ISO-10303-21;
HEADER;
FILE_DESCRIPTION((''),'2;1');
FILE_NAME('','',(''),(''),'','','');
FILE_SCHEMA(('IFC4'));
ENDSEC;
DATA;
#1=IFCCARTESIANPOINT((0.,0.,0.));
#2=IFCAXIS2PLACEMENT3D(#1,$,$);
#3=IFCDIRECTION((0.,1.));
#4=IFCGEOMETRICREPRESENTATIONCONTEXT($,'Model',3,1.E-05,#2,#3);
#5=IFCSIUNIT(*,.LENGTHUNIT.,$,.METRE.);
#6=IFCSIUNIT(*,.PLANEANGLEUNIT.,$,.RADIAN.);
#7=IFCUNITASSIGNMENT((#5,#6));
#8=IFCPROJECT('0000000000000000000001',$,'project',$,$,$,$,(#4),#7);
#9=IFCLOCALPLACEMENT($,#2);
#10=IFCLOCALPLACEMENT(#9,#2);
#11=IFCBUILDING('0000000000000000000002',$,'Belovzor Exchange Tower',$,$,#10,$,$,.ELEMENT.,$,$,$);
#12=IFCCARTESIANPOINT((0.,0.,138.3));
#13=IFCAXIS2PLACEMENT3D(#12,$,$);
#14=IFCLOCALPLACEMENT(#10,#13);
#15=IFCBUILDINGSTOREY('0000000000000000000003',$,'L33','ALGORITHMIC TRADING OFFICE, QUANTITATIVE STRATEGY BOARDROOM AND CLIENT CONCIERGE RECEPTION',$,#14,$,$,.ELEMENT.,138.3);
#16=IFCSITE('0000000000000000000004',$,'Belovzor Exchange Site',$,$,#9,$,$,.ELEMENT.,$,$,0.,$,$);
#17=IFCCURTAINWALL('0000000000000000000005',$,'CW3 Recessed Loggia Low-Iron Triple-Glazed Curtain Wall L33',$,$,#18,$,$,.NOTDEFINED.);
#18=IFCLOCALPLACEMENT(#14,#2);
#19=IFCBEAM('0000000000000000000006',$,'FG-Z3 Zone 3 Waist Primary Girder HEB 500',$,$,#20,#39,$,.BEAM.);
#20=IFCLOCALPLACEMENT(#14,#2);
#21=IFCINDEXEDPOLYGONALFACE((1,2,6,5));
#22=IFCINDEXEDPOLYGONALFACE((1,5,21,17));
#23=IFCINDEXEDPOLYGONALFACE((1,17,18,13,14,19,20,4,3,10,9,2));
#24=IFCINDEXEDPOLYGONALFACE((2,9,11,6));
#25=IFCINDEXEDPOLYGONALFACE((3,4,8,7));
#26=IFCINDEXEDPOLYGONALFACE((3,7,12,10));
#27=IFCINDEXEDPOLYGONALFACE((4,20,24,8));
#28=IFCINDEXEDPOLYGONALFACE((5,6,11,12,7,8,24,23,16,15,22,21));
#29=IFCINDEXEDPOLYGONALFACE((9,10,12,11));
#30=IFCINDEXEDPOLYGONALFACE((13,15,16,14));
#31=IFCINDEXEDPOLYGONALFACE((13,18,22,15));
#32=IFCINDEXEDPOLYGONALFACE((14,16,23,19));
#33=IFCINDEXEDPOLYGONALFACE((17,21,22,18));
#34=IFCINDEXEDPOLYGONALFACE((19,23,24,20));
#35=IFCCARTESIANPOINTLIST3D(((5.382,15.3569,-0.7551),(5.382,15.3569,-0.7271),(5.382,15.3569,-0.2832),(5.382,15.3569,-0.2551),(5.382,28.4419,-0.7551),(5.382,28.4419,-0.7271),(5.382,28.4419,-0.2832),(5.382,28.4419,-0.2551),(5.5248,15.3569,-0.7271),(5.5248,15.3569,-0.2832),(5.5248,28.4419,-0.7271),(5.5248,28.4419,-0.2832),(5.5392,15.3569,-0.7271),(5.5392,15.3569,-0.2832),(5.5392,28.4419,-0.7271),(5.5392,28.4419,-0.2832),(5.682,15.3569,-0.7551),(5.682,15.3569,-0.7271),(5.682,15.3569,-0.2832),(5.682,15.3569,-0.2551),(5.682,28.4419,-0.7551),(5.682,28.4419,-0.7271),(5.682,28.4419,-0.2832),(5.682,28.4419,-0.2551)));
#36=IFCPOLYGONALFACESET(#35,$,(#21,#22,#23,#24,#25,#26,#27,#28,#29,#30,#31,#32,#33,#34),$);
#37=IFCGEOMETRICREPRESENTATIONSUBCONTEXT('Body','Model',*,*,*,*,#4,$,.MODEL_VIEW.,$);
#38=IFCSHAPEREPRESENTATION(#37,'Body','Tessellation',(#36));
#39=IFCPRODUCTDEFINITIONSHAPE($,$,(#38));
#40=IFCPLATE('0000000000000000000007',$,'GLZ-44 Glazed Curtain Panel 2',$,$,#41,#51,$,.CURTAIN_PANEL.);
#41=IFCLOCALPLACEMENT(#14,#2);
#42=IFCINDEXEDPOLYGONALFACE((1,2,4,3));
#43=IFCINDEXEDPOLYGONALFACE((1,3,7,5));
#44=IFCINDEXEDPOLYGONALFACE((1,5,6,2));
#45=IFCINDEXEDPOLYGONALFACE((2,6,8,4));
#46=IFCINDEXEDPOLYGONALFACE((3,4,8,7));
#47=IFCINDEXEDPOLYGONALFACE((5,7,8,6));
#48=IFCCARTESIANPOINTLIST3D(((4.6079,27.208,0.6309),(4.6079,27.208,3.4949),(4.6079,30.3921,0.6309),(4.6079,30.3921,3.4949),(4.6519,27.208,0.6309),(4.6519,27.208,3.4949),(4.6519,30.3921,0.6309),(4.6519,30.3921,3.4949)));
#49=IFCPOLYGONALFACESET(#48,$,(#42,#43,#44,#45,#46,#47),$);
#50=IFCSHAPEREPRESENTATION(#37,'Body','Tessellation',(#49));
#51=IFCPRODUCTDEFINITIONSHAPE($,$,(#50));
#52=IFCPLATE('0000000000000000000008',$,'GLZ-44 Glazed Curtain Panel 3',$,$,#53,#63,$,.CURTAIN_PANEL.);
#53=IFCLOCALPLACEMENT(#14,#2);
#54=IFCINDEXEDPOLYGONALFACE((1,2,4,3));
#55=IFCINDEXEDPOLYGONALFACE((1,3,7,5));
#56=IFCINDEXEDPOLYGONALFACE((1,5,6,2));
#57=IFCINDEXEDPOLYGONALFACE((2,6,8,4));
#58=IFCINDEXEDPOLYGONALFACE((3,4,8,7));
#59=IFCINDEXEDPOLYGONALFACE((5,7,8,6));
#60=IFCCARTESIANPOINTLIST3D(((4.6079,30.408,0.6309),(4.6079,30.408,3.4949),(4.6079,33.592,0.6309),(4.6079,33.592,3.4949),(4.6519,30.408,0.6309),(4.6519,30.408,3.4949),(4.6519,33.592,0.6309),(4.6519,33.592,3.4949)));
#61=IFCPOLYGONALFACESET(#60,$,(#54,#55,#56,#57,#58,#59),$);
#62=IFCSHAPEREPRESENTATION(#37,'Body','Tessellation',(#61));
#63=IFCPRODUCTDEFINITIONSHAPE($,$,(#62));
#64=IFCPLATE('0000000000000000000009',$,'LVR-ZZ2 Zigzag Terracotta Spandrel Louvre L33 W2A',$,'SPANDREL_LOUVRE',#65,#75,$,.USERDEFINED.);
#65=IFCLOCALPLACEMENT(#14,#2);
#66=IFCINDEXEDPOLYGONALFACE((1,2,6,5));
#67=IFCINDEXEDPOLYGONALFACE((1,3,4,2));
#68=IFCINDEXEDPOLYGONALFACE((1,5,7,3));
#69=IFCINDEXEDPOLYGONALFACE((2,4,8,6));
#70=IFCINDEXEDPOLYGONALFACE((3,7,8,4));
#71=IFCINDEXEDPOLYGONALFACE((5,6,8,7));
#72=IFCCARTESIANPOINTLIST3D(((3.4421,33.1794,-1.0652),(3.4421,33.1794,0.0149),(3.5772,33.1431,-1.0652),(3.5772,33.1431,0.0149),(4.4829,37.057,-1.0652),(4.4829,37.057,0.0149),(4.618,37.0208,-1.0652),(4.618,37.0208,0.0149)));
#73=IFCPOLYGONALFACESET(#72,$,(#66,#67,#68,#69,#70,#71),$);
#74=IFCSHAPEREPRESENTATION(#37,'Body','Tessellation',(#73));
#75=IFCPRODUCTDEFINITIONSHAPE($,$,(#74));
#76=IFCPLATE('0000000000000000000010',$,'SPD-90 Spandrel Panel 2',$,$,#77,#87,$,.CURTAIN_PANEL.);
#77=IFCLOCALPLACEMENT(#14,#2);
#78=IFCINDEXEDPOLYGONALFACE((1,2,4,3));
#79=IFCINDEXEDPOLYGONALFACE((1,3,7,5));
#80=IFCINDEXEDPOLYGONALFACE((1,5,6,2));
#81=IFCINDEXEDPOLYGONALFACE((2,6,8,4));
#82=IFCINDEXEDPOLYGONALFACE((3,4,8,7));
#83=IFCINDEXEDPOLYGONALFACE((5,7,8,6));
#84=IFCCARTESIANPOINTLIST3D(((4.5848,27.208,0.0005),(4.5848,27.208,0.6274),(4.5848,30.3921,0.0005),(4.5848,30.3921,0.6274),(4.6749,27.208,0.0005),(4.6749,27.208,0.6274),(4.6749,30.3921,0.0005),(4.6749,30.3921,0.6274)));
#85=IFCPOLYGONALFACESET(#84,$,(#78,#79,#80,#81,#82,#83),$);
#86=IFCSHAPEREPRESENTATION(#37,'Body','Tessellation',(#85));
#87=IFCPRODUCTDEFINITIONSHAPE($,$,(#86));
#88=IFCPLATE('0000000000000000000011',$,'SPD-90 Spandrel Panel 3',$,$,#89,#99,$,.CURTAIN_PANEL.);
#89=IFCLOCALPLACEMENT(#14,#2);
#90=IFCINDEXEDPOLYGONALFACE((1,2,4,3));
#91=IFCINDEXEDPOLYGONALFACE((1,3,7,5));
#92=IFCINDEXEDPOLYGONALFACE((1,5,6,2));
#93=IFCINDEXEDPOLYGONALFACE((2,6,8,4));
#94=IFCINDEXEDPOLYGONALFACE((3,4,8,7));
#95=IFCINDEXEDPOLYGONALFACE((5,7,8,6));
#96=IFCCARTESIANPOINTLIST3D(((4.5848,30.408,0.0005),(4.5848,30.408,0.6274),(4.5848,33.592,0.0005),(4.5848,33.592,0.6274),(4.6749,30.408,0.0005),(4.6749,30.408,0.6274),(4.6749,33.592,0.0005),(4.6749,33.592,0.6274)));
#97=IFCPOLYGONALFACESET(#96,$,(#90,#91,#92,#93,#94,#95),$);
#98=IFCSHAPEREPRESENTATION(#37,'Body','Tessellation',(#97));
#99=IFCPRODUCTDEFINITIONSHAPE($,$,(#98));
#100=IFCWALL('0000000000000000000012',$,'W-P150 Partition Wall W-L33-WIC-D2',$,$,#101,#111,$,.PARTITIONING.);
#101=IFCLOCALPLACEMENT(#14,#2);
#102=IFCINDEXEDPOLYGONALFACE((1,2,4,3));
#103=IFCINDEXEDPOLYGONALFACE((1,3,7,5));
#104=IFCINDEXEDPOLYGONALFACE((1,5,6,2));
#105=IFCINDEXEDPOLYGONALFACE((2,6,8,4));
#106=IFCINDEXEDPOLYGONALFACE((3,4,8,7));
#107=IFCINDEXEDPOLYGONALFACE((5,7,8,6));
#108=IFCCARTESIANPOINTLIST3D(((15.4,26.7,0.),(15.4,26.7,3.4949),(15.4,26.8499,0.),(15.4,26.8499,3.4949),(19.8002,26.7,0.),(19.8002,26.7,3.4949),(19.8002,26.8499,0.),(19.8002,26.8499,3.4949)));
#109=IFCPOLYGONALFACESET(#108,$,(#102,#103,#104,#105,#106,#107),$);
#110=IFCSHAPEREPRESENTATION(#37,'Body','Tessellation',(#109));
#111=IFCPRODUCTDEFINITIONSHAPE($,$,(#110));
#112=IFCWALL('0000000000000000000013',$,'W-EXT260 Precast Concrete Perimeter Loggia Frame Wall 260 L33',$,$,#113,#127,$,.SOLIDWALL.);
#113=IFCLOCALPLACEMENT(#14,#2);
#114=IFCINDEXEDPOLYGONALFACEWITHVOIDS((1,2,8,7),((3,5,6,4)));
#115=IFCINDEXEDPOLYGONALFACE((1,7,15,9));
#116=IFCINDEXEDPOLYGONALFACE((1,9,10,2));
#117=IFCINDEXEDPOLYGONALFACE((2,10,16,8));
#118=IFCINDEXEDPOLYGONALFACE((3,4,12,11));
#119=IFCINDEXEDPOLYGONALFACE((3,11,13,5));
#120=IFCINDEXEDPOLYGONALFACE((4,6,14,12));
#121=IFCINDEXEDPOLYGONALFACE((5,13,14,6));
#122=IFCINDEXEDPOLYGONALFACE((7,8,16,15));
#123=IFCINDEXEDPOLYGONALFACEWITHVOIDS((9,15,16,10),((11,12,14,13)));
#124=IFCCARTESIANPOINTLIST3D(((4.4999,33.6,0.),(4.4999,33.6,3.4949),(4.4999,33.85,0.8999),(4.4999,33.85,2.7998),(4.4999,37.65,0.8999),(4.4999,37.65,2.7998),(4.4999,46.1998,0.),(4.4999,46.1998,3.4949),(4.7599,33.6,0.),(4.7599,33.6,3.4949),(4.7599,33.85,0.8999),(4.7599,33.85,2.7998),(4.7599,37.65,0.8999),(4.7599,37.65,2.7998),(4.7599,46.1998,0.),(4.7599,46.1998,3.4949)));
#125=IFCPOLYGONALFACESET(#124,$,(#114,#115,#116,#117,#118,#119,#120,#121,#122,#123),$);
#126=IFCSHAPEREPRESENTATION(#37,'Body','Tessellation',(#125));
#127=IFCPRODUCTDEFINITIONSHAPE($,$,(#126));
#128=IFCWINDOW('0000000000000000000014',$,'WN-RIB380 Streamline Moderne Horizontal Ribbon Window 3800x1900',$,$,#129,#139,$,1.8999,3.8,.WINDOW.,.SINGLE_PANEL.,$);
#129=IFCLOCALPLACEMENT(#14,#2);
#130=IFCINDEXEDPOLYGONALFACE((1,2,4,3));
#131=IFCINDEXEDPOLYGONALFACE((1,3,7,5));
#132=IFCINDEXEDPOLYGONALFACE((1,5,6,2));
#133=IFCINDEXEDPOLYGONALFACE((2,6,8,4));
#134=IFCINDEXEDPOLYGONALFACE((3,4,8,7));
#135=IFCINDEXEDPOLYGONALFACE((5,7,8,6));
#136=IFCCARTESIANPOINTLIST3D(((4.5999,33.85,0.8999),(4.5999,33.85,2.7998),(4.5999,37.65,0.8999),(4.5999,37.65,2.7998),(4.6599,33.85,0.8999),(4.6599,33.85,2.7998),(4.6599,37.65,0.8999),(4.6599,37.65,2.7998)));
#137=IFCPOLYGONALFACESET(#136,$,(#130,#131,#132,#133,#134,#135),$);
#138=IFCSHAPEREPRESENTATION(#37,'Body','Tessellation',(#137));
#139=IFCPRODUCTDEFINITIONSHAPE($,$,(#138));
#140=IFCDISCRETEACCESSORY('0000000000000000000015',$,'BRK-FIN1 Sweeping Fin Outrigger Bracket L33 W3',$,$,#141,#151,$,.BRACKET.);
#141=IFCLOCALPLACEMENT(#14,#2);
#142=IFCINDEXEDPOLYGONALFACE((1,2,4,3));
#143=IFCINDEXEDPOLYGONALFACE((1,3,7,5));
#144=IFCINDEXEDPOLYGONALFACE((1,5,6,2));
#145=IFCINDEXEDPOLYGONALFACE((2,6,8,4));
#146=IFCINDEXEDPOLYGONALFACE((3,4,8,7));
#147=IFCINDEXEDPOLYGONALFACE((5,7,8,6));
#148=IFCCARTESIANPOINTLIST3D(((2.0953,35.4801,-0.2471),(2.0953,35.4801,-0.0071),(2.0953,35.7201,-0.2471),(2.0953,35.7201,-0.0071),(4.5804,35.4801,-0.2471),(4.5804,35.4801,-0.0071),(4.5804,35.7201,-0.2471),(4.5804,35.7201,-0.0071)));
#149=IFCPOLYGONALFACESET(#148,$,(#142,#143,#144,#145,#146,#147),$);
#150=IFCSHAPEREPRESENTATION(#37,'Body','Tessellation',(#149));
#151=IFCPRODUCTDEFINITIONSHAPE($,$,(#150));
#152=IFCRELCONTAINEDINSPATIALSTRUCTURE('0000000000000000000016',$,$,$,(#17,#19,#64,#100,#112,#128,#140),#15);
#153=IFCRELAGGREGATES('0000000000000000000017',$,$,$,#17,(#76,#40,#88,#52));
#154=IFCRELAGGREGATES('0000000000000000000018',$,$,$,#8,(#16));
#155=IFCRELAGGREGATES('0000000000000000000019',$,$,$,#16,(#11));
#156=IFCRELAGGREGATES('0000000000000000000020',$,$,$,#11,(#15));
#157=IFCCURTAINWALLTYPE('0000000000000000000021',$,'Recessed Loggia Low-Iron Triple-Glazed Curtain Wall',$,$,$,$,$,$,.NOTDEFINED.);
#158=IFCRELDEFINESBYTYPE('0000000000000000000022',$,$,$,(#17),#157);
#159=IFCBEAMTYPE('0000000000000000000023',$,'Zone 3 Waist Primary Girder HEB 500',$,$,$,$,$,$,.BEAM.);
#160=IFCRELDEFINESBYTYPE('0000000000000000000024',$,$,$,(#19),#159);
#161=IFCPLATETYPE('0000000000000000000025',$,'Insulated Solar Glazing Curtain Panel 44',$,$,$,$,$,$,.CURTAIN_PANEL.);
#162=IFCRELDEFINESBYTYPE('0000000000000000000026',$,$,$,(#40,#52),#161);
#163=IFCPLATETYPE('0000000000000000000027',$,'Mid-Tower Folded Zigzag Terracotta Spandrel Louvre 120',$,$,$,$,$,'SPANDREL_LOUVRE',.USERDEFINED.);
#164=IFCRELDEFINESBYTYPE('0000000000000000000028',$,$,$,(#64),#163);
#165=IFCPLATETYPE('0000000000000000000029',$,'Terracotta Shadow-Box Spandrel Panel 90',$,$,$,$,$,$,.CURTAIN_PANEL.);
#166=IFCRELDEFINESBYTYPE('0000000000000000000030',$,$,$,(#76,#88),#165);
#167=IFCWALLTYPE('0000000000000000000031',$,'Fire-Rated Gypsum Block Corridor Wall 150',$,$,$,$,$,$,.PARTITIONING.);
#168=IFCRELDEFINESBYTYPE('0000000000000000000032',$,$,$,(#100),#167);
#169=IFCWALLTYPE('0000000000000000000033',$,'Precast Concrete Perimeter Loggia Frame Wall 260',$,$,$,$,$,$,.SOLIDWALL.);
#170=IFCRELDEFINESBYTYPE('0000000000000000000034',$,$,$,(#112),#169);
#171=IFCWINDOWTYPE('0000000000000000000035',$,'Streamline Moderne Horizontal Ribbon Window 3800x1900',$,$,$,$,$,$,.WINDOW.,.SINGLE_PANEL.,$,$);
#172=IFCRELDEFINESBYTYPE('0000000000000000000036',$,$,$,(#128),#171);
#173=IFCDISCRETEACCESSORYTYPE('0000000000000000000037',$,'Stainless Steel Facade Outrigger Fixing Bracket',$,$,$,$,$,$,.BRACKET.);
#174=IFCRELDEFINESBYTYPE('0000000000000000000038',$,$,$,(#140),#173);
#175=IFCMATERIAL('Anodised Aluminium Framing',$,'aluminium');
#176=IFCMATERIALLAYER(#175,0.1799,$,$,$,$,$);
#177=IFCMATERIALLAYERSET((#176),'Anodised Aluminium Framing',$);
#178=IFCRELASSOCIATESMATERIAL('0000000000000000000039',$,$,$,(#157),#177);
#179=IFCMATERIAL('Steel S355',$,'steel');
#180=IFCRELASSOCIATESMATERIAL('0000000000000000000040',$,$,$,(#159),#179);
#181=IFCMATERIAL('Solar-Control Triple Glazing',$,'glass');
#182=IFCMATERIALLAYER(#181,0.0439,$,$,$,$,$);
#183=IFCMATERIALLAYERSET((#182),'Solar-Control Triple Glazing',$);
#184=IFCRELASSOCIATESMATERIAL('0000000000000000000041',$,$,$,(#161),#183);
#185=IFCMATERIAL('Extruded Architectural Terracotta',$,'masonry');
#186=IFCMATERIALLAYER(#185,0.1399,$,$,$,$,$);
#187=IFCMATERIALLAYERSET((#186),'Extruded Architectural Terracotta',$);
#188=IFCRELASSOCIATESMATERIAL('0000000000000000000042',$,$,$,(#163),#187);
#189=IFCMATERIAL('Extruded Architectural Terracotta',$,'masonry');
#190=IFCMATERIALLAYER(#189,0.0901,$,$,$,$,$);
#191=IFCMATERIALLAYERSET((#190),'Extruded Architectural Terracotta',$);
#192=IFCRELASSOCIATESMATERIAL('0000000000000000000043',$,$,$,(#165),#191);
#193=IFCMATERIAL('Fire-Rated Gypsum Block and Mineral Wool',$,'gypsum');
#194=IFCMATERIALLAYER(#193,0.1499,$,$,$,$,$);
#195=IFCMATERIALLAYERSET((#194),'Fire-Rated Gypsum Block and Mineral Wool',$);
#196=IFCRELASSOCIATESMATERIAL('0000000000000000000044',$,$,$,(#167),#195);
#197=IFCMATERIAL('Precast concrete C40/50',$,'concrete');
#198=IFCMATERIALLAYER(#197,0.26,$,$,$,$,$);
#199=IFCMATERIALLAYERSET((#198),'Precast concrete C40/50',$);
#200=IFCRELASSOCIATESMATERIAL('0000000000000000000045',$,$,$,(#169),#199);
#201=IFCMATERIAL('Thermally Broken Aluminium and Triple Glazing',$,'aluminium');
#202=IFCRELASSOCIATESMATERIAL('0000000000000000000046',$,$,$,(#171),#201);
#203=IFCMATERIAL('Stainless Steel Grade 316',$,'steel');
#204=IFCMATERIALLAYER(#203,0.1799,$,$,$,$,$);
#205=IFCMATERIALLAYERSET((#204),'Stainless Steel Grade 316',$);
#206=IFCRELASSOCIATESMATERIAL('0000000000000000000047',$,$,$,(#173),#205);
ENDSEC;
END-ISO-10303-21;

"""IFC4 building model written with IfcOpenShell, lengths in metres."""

from ifc_helpers import new_model, si_unit, direction, frame, frame_2d, origin, origin_2d, place, context, subcontext, project, spatial, rectangle, i_section, extrude, material, layer, layer_set, material_profile, profile_set, type_object, element, fill, aggregate, save


model = new_model("IFC4")

# Units and contexts
model_context = context("Model", 3, precision=1e-05, world=origin(), true_north=direction((0.0, 1.0)))
body_context = subcontext(model_context, "Body", "Model", "MODEL_VIEW")
ifc_project = project(units=[si_unit("LENGTHUNIT", "METRE"), si_unit("PLANEANGLEUNIT", "RADIAN")], contexts=[model_context])

# Site, building, storey
site_placement = place(None, origin())
site = spatial("IfcSite", under=ifc_project, at=site_placement, Name="Belovzor Exchange Site", CompositionType="ELEMENT", RefElevation=0.0)
building_placement = place(site_placement, origin())
building = spatial("IfcBuilding", under=site, at=building_placement, Name="Belovzor Exchange Tower", CompositionType="ELEMENT")
storey_placement = place(building_placement, frame((0.0, 0.0, 138.3)))
storey = spatial("IfcBuildingStorey", under=building, at=storey_placement, Name="L33", Description="ALGORITHMIC TRADING OFFICE, QUANTITATIVE STRATEGY BOARDROOM AND CLIENT CONCIERGE RECEPTION", CompositionType="ELEMENT", Elevation=138.3)

# Curtain wall
ifc_material_1 = material(Name="Anodised Aluminium Framing", Category="aluminium")
ifc_layer_1 = layer(ifc_material_1, 0.1799)
ifc_layer_set_1 = layer_set([ifc_layer_1], Name="Anodised Aluminium Framing")
curtain_wall_type = type_object("IfcCurtainWallType", Name="Recessed Loggia Low-Iron Triple-Glazed Curtain Wall", PredefinedType="NOTDEFINED", material=ifc_layer_set_1)
curtain_wall_placement = place(storey_placement, origin())
curtain_wall = element("IfcCurtainWall", 1, at=curtain_wall_placement, inside=storey, type_object=curtain_wall_type, Name="CW3 Recessed Loggia Low-Iron Triple-Glazed Curtain Wall L33", PredefinedType="NOTDEFINED")

# Beam
ifc_material_2 = material(Name="Steel S355", Category="steel")
ifc_material_profile_1 = material_profile(ifc_material_2, i_section(OverallWidth=0.3, OverallDepth=0.5, WebThickness=0.0144, FlangeThickness=0.0281, at=origin_2d()))
ifc_profile_set_1 = profile_set([ifc_material_profile_1], Name="Steel S355")
beam_type_1 = type_object("IfcBeamType", Name="Zone 3 Waist Primary Girder HEB 500", PredefinedType="BEAM", material=ifc_profile_set_1)
beam_1_placement = place(storey_placement, frame((5.532, 28.4419, -0.5051), z_axis=(0.0, -1.0, 0.0), x_axis=(1.0, 0.0, 0.0)))
element("IfcBeam", 2, at=beam_1_placement, inside=storey, type_object=beam_type_1, Name="FG-Z3 Zone 3 Waist Primary Girder HEB 500", PredefinedType="BEAM", context=body_context, shape_type="SweptSolid", body=[
    extrude(i_section(OverallWidth=0.3, OverallDepth=0.5, WebThickness=0.0144, FlangeThickness=0.0281, at=origin_2d()), origin(), (0.0, 0.0, 1.0), 13.085),
])

# Plates
ifc_material_3 = material(Name="Solar-Control Triple Glazing", Category="glass")
ifc_layer_2 = layer(ifc_material_3, 0.0439)
ifc_layer_set_2 = layer_set([ifc_layer_2], Name="Solar-Control Triple Glazing")
plate_type_1 = type_object("IfcPlateType", Name="Insulated Solar Glazing Curtain Panel 44", PredefinedType="CURTAIN_PANEL", material=ifc_layer_set_2)
plate_1_placement = place(storey_placement, frame((4.6299, 28.8, 0.6309), z_axis=(0.0, 0.0, 1.0), x_axis=(0.0, 1.0, 0.0)))
plate_1 = element("IfcPlate", 3, at=plate_1_placement, type_object=plate_type_1, Name="GLZ-44 Glazed Curtain Panel 2", PredefinedType="CURTAIN_PANEL", context=body_context, shape_type="SweptSolid", body=[
    extrude(rectangle(XDim=3.1841, YDim=0.0439, at=origin_2d()), origin(), (0.0, 0.0, 1.0), 2.864),
])
plate_2_placement = place(storey_placement, frame((4.6299, 32.0, 0.6309), z_axis=(0.0, 0.0, 1.0), x_axis=(0.0, 1.0, 0.0)))
plate_2 = element("IfcPlate", 4, at=plate_2_placement, type_object=plate_type_1, Name="GLZ-44 Glazed Curtain Panel 3", PredefinedType="CURTAIN_PANEL", context=body_context, shape_type="SweptSolid", body=[
    extrude(rectangle(XDim=3.1841, YDim=0.0439, at=origin_2d()), origin(), (0.0, 0.0, 1.0), 2.864),
])
ifc_material_4 = material(Name="Extruded Architectural Terracotta", Category="masonry")
ifc_layer_3 = layer(ifc_material_4, 0.1399)
ifc_layer_set_3 = layer_set([ifc_layer_3], Name="Extruded Architectural Terracotta")
plate_type_2 = type_object("IfcPlateType", Name="Mid-Tower Folded Zigzag Terracotta Spandrel Louvre 120", ElementType="SPANDREL_LOUVRE", PredefinedType="USERDEFINED", material=ifc_layer_set_3)
plate_3_placement = place(storey_placement, frame((4.03, 35.1001, -1.0652), z_axis=(0.0, 0.0, 1.0), x_axis=(0.25924, 0.965813, 0.0)))
element("IfcPlate", 5, at=plate_3_placement, inside=storey, type_object=plate_type_2, Name="LVR-ZZ2 Zigzag Terracotta Spandrel Louvre L33 W2A", ObjectType="SPANDREL_LOUVRE", PredefinedType="USERDEFINED", context=body_context, shape_type="SweptSolid", body=[
    extrude(rectangle(XDim=4.0149, YDim=0.1399, at=origin_2d()), origin(), (0.0, 0.0, 1.0), 1.0801),
])
ifc_material_5 = material(Name="Extruded Architectural Terracotta", Category="masonry")
ifc_layer_4 = layer(ifc_material_5, 0.0901)
ifc_layer_set_4 = layer_set([ifc_layer_4], Name="Extruded Architectural Terracotta")
plate_type_3 = type_object("IfcPlateType", Name="Terracotta Shadow-Box Spandrel Panel 90", PredefinedType="CURTAIN_PANEL", material=ifc_layer_set_4)
plate_4_placement = place(storey_placement, frame((4.6299, 28.8, 0.0005), z_axis=(0.0, 0.0, 1.0), x_axis=(0.0, 1.0, 0.0)))
plate_4 = element("IfcPlate", 6, at=plate_4_placement, type_object=plate_type_3, Name="SPD-90 Spandrel Panel 2", PredefinedType="CURTAIN_PANEL", context=body_context, shape_type="SweptSolid", body=[
    extrude(rectangle(XDim=3.1841, YDim=0.0901, at=origin_2d()), origin(), (0.0, 0.0, 1.0), 0.627),
])
plate_5_placement = place(storey_placement, frame((4.6299, 32.0, 0.0005), z_axis=(0.0, 0.0, 1.0), x_axis=(0.0, 1.0, 0.0)))
plate_5 = element("IfcPlate", 7, at=plate_5_placement, type_object=plate_type_3, Name="SPD-90 Spandrel Panel 3", PredefinedType="CURTAIN_PANEL", context=body_context, shape_type="SweptSolid", body=[
    extrude(rectangle(XDim=3.1841, YDim=0.0901, at=origin_2d()), origin(), (0.0, 0.0, 1.0), 0.627),
])
aggregate(curtain_wall, [plate_4, plate_1, plate_5, plate_2])

# Wall
ifc_material_6 = material(Name="Fire-Rated Gypsum Block and Mineral Wool", Category="gypsum")
ifc_layer_5 = layer(ifc_material_6, 0.1499)
ifc_layer_set_5 = layer_set([ifc_layer_5], Name="Fire-Rated Gypsum Block and Mineral Wool")
wall_type_1 = type_object("IfcWallType", Name="Fire-Rated Gypsum Block Corridor Wall 150", PredefinedType="PARTITIONING", material=ifc_layer_set_5)
wall_1_placement = place(storey_placement, frame((15.3999, 26.7749, 0.0), z_axis=(0.0, 0.0, 1.0), x_axis=(1.0, 0.0, 0.0)))
element("IfcWall", 8, at=wall_1_placement, inside=storey, type_object=wall_type_1, Name="W-P150 Partition Wall W-L33-WIC-D2", PredefinedType="PARTITIONING", context=body_context, shape_type="SweptSolid", body=[
    extrude(rectangle(XDim=4.4001, YDim=0.1499, at=frame_2d((2.2002, 0.0))), origin(), (0.0, 0.0, 1.0), 3.4949),
])

# Wall, opening, window
ifc_material_7 = material(Name="Precast concrete C40/50", Category="concrete")
ifc_layer_6 = layer(ifc_material_7, 0.26)
ifc_layer_set_6 = layer_set([ifc_layer_6], Name="Precast concrete C40/50")
wall_type_2 = type_object("IfcWallType", Name="Precast Concrete Perimeter Loggia Frame Wall 260", PredefinedType="SOLIDWALL", material=ifc_layer_set_6)
wall_2_placement = place(storey_placement, frame((4.6299, 33.6001, 0.0), z_axis=(0.0, 0.0, 1.0), x_axis=(0.0, 1.0, 0.0)))
wall_2 = element("IfcWall", 9, at=wall_2_placement, inside=storey, type_object=wall_type_2, Name="W-EXT260 Precast Concrete Perimeter Loggia Frame Wall 260 L33", PredefinedType="SOLIDWALL", context=body_context, shape_type="SweptSolid", body=[
    extrude(rectangle(XDim=12.5999, YDim=0.26, at=frame_2d((6.2998, 0.0))), origin(), (0.0, 0.0, 1.0), 3.4949),
])
opening_placement = place(wall_2_placement, frame((0.25, 0.0, 0.8999)))
opening = element("IfcOpeningElement", 10, at=opening_placement, cuts=wall_2, PredefinedType="OPENING", context=body_context, shape_type="SweptSolid", body=[
    extrude(rectangle(XDim=3.8, YDim=1.8999, at=frame_2d((1.8999, 0.95))), frame((0.0, 0.1399, 0.0), z_axis=(0.0, -1.0, 0.0), x_axis=(1.0, 0.0, 0.0)), (0.0, 0.0, 1.0), 0.28),
])
ifc_material_8 = material(Name="Thermally Broken Aluminium and Triple Glazing", Category="aluminium")
window_type = type_object("IfcWindowType", Name="Streamline Moderne Horizontal Ribbon Window 3800x1900", PartitioningType="SINGLE_PANEL", PredefinedType="WINDOW", material=ifc_material_8)
window_placement = place(opening_placement, origin())
window = element("IfcWindow", 11, at=window_placement, inside=storey, type_object=window_type, Name="WN-RIB380 Streamline Moderne Horizontal Ribbon Window 3800x1900", OverallHeight=1.8999, OverallWidth=3.8, PartitioningType="SINGLE_PANEL", PredefinedType="WINDOW", context=body_context, shape_type="SweptSolid", body=[
    extrude(rectangle(XDim=3.8, YDim=1.8999, at=frame_2d((1.8999, 0.95))), frame((0.0, 0.03, 0.0), z_axis=(0.0, -1.0, 0.0), x_axis=(1.0, 0.0, 0.0)), (0.0, 0.0, 1.0), 0.0601),
])
fill(opening, window)

# Discrete accessory
ifc_material_9 = material(Name="Stainless Steel Grade 316", Category="steel")
ifc_layer_7 = layer(ifc_material_9, 0.1799)
ifc_layer_set_7 = layer_set([ifc_layer_7], Name="Stainless Steel Grade 316")
discrete_accessory_type = type_object("IfcDiscreteAccessoryType", Name="Stainless Steel Facade Outrigger Fixing Bracket", PredefinedType="BRACKET", material=ifc_layer_set_7)
discrete_accessory_placement = place(storey_placement, frame((3.3379, 35.6001, -0.2471), z_axis=(0.0, 0.0, 1.0), x_axis=(1.0, 0.0, 0.0)))
element("IfcDiscreteAccessory", 12, at=discrete_accessory_placement, inside=storey, type_object=discrete_accessory_type, Name="BRK-FIN1 Sweeping Fin Outrigger Bracket L33 W3", PredefinedType="BRACKET", context=body_context, shape_type="SweptSolid", body=[
    extrude(rectangle(XDim=2.4851, YDim=0.24, at=origin_2d()), origin(), (0.0, 0.0, 1.0), 0.24),
])

save(model, "model.ifc")
